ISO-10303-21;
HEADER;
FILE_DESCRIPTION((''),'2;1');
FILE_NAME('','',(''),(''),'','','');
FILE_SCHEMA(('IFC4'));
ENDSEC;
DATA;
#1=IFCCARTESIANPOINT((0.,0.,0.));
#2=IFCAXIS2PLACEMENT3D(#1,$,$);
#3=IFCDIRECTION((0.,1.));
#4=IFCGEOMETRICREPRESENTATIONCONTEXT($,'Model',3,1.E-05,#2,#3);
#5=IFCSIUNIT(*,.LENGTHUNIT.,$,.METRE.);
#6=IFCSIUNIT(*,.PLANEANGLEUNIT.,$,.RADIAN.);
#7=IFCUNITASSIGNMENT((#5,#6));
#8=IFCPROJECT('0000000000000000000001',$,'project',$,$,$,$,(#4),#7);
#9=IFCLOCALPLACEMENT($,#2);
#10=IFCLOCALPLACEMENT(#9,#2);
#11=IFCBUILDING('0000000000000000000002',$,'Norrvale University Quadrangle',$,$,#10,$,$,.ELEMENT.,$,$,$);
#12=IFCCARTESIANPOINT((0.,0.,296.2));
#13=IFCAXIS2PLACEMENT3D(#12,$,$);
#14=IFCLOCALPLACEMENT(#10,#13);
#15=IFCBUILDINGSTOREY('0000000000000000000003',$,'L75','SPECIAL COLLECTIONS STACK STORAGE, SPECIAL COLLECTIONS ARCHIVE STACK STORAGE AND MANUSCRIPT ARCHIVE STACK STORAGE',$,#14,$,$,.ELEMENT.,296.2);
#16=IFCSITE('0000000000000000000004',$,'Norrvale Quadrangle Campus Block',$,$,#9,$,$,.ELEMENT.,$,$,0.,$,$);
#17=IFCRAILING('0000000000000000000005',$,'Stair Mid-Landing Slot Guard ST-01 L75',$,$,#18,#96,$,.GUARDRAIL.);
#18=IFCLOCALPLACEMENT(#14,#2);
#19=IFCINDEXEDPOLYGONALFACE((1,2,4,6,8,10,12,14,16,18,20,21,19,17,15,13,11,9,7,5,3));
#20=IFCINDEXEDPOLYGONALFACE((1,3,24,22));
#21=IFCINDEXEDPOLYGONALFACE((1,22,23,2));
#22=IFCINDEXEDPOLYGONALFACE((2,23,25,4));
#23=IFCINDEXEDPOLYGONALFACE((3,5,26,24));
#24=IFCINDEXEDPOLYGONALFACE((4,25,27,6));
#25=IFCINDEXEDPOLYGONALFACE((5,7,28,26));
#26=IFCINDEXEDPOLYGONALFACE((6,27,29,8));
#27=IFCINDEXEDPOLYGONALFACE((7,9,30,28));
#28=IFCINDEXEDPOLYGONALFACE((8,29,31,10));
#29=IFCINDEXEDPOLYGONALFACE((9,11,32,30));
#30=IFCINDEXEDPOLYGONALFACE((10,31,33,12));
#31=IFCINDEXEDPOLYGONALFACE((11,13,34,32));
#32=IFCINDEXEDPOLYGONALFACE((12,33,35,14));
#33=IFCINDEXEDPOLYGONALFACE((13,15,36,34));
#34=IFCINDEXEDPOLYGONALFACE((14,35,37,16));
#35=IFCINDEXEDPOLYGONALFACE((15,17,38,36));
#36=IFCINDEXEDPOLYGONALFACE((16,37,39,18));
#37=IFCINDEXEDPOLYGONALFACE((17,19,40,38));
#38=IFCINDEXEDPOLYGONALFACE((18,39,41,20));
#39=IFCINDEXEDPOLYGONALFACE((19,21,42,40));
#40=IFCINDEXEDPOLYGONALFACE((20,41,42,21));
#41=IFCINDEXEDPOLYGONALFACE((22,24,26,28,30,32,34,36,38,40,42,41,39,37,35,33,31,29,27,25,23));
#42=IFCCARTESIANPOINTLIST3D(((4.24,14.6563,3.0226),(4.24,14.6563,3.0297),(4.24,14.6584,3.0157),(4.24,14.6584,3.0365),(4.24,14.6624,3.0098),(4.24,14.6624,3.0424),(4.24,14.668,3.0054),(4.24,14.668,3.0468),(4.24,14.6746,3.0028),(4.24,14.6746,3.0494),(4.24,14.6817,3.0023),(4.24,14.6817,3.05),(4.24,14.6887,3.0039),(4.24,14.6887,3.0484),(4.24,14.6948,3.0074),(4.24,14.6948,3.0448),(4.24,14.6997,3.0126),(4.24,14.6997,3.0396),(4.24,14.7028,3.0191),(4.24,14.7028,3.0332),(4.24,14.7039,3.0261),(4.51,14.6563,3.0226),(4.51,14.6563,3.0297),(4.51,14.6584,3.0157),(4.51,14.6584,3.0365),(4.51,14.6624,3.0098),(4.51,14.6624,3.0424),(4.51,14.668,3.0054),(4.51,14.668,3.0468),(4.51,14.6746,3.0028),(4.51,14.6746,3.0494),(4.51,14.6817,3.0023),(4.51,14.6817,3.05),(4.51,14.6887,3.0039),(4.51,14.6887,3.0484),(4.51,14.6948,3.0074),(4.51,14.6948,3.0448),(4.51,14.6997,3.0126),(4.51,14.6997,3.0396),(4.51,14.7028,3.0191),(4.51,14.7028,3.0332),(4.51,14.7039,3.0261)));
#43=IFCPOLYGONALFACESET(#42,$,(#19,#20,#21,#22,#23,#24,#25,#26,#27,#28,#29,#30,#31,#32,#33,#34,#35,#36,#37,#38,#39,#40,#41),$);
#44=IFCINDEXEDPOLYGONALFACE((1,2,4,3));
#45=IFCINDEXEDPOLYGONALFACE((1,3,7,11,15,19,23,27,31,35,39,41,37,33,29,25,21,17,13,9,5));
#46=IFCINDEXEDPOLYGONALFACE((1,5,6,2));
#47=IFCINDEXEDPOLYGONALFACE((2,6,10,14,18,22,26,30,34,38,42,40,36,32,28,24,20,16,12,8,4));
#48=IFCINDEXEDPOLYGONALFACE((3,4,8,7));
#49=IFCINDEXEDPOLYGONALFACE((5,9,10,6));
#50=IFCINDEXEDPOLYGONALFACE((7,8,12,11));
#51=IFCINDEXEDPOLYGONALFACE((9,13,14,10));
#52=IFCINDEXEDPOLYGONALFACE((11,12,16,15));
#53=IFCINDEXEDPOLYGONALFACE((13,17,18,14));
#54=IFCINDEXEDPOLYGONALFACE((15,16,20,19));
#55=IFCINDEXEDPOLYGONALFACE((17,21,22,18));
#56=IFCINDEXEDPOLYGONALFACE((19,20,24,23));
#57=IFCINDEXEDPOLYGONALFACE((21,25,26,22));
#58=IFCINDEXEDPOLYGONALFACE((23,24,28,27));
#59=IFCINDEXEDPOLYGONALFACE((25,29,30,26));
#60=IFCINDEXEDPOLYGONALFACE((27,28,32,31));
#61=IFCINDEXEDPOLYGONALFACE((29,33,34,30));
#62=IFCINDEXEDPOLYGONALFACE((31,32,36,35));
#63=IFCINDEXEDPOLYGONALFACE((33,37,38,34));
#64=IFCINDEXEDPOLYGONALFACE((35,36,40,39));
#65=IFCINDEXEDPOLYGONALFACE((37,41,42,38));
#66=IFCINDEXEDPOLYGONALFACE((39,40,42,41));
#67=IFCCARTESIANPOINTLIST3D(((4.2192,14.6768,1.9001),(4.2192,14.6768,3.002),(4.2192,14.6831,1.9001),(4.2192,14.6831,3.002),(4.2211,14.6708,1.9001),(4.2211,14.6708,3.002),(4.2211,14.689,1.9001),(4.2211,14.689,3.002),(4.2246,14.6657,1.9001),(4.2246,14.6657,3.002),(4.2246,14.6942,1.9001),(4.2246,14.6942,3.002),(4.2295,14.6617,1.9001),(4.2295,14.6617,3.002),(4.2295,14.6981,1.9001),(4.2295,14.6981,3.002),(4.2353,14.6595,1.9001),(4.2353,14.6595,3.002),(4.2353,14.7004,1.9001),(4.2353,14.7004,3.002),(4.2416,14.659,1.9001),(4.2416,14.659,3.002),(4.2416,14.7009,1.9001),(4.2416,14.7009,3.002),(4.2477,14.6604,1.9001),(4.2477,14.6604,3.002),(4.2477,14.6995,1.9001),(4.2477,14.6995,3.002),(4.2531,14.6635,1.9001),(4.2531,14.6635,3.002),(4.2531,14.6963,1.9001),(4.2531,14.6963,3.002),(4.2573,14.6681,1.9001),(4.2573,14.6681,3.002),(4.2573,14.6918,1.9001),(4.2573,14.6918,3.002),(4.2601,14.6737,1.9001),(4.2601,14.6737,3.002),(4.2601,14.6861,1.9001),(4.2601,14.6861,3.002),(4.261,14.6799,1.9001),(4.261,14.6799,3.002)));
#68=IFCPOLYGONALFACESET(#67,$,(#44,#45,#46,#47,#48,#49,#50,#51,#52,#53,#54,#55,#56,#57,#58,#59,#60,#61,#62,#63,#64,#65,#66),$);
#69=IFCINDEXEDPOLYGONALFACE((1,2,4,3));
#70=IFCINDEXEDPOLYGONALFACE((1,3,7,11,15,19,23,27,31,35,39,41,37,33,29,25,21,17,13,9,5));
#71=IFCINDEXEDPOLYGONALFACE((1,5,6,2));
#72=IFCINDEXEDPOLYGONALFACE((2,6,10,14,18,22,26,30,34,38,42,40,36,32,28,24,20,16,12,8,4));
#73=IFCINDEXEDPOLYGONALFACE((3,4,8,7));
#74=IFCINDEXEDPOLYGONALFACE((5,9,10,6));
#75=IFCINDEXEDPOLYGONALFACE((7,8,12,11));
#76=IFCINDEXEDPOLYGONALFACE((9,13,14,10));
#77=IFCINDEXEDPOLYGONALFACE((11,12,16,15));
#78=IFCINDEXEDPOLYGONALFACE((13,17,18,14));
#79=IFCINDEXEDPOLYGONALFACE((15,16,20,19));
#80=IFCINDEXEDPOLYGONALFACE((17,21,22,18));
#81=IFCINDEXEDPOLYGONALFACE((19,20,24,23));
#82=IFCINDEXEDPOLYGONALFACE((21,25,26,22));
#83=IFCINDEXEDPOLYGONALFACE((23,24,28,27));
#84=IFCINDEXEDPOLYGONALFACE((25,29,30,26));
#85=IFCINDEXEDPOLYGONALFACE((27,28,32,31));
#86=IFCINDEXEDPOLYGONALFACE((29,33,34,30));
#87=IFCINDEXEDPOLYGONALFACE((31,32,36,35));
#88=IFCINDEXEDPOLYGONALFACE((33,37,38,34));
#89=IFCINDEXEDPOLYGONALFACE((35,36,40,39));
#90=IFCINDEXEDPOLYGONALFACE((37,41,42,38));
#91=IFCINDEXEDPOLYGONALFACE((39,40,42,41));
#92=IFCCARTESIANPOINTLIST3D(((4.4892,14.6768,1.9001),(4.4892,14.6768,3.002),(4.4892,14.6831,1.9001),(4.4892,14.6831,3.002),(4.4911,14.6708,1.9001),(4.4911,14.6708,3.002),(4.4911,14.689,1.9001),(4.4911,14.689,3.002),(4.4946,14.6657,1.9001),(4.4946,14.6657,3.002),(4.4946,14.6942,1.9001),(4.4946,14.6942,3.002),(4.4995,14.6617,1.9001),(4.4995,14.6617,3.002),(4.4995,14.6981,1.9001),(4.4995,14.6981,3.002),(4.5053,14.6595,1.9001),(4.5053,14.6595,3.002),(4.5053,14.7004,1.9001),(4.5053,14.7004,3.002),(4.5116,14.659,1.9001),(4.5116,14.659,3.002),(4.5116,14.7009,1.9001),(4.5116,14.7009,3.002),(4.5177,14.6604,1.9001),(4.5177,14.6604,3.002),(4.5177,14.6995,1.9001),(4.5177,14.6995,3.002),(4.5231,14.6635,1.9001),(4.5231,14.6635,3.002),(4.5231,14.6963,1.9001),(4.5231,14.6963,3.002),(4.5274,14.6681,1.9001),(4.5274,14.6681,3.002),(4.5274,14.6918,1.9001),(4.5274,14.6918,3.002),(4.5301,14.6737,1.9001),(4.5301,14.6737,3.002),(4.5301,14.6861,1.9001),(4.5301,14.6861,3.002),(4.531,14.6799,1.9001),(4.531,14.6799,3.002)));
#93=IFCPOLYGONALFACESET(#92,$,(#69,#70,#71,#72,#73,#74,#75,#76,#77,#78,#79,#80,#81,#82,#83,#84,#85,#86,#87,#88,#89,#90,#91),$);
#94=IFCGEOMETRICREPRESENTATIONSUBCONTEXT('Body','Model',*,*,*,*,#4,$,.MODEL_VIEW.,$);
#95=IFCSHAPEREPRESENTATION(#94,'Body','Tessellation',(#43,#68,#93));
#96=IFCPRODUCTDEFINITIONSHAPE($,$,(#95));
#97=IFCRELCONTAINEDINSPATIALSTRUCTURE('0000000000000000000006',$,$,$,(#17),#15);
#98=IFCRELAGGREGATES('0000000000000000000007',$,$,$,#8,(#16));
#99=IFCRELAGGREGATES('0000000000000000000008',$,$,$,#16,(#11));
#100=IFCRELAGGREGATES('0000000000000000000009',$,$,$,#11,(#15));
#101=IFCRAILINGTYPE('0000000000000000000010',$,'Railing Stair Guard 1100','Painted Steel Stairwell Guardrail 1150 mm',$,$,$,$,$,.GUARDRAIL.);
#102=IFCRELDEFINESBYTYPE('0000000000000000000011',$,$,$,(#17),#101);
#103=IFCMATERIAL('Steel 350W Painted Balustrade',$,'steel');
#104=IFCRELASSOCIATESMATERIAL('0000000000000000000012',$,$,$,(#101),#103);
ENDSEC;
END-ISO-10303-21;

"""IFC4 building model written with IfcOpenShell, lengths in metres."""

from ifc_helpers import new_model, si_unit, direction, frame, origin, origin_2d, place, context, subcontext, project, spatial, circle, extrude, material, type_object, element, save


model = new_model("IFC4")

# Units and contexts
model_context = context("Model", 3, precision=1e-05, world=origin(), true_north=direction((0.0, 1.0)))
body_context = subcontext(model_context, "Body", "Model", "MODEL_VIEW")
ifc_project = project(units=[si_unit("LENGTHUNIT", "METRE"), si_unit("PLANEANGLEUNIT", "RADIAN")], contexts=[model_context])

# Site, building, storey
site_placement = place(None, origin())
site = spatial("IfcSite", under=ifc_project, at=site_placement, Name="Norrvale Quadrangle Campus Block", CompositionType="ELEMENT", RefElevation=0.0)
building_placement = place(site_placement, origin())
building = spatial("IfcBuilding", under=site, at=building_placement, Name="Norrvale University Quadrangle", CompositionType="ELEMENT")
storey_placement = place(building_placement, frame((0.0, 0.0, 296.2)))
storey = spatial("IfcBuildingStorey", under=building, at=storey_placement, Name="L75", Description="SPECIAL COLLECTIONS STACK STORAGE, SPECIAL COLLECTIONS ARCHIVE STACK STORAGE AND MANUSCRIPT ARCHIVE STACK STORAGE", CompositionType="ELEMENT", Elevation=296.2)

# Railing
ifc_material_1 = material(Name="Steel 350W Painted Balustrade", Category="steel")
railing_type_1 = type_object("IfcRailingType", Name="Railing Stair Guard 1100", Description="Painted Steel Stairwell Guardrail 1150 mm", PredefinedType="GUARDRAIL", material=ifc_material_1)
for number, where, name in (
    (1, (4.24, 14.6799, 1.9001), "Stair Mid-Landing Slot Guard ST-01 L75"),
):
    element("IfcRailing", number, at=place(storey_placement, frame(where)), inside=storey, type_object=railing_type_1, Name=name, PredefinedType="GUARDRAIL", context=body_context, shape_type="SweptSolid", body=[
        extrude(circle(Radius=0.0239, at=origin_2d()), frame((0.0, 0.0, 1.126), z_axis=(1.0, 0.0, 0.0), x_axis=(0.0, 1.0, 0.0)), (0.0, 0.0, 1.0), 0.27),
        extrude(circle(Radius=0.021, at=origin_2d()), origin(), (0.0, 0.0, 1.0), 1.1018),
        extrude(circle(Radius=0.021, at=origin_2d()), frame((0.27, 0.0, 0.0)), (0.0, 0.0, 1.0), 1.1018),
    ])

save(model, "model.ifc")
